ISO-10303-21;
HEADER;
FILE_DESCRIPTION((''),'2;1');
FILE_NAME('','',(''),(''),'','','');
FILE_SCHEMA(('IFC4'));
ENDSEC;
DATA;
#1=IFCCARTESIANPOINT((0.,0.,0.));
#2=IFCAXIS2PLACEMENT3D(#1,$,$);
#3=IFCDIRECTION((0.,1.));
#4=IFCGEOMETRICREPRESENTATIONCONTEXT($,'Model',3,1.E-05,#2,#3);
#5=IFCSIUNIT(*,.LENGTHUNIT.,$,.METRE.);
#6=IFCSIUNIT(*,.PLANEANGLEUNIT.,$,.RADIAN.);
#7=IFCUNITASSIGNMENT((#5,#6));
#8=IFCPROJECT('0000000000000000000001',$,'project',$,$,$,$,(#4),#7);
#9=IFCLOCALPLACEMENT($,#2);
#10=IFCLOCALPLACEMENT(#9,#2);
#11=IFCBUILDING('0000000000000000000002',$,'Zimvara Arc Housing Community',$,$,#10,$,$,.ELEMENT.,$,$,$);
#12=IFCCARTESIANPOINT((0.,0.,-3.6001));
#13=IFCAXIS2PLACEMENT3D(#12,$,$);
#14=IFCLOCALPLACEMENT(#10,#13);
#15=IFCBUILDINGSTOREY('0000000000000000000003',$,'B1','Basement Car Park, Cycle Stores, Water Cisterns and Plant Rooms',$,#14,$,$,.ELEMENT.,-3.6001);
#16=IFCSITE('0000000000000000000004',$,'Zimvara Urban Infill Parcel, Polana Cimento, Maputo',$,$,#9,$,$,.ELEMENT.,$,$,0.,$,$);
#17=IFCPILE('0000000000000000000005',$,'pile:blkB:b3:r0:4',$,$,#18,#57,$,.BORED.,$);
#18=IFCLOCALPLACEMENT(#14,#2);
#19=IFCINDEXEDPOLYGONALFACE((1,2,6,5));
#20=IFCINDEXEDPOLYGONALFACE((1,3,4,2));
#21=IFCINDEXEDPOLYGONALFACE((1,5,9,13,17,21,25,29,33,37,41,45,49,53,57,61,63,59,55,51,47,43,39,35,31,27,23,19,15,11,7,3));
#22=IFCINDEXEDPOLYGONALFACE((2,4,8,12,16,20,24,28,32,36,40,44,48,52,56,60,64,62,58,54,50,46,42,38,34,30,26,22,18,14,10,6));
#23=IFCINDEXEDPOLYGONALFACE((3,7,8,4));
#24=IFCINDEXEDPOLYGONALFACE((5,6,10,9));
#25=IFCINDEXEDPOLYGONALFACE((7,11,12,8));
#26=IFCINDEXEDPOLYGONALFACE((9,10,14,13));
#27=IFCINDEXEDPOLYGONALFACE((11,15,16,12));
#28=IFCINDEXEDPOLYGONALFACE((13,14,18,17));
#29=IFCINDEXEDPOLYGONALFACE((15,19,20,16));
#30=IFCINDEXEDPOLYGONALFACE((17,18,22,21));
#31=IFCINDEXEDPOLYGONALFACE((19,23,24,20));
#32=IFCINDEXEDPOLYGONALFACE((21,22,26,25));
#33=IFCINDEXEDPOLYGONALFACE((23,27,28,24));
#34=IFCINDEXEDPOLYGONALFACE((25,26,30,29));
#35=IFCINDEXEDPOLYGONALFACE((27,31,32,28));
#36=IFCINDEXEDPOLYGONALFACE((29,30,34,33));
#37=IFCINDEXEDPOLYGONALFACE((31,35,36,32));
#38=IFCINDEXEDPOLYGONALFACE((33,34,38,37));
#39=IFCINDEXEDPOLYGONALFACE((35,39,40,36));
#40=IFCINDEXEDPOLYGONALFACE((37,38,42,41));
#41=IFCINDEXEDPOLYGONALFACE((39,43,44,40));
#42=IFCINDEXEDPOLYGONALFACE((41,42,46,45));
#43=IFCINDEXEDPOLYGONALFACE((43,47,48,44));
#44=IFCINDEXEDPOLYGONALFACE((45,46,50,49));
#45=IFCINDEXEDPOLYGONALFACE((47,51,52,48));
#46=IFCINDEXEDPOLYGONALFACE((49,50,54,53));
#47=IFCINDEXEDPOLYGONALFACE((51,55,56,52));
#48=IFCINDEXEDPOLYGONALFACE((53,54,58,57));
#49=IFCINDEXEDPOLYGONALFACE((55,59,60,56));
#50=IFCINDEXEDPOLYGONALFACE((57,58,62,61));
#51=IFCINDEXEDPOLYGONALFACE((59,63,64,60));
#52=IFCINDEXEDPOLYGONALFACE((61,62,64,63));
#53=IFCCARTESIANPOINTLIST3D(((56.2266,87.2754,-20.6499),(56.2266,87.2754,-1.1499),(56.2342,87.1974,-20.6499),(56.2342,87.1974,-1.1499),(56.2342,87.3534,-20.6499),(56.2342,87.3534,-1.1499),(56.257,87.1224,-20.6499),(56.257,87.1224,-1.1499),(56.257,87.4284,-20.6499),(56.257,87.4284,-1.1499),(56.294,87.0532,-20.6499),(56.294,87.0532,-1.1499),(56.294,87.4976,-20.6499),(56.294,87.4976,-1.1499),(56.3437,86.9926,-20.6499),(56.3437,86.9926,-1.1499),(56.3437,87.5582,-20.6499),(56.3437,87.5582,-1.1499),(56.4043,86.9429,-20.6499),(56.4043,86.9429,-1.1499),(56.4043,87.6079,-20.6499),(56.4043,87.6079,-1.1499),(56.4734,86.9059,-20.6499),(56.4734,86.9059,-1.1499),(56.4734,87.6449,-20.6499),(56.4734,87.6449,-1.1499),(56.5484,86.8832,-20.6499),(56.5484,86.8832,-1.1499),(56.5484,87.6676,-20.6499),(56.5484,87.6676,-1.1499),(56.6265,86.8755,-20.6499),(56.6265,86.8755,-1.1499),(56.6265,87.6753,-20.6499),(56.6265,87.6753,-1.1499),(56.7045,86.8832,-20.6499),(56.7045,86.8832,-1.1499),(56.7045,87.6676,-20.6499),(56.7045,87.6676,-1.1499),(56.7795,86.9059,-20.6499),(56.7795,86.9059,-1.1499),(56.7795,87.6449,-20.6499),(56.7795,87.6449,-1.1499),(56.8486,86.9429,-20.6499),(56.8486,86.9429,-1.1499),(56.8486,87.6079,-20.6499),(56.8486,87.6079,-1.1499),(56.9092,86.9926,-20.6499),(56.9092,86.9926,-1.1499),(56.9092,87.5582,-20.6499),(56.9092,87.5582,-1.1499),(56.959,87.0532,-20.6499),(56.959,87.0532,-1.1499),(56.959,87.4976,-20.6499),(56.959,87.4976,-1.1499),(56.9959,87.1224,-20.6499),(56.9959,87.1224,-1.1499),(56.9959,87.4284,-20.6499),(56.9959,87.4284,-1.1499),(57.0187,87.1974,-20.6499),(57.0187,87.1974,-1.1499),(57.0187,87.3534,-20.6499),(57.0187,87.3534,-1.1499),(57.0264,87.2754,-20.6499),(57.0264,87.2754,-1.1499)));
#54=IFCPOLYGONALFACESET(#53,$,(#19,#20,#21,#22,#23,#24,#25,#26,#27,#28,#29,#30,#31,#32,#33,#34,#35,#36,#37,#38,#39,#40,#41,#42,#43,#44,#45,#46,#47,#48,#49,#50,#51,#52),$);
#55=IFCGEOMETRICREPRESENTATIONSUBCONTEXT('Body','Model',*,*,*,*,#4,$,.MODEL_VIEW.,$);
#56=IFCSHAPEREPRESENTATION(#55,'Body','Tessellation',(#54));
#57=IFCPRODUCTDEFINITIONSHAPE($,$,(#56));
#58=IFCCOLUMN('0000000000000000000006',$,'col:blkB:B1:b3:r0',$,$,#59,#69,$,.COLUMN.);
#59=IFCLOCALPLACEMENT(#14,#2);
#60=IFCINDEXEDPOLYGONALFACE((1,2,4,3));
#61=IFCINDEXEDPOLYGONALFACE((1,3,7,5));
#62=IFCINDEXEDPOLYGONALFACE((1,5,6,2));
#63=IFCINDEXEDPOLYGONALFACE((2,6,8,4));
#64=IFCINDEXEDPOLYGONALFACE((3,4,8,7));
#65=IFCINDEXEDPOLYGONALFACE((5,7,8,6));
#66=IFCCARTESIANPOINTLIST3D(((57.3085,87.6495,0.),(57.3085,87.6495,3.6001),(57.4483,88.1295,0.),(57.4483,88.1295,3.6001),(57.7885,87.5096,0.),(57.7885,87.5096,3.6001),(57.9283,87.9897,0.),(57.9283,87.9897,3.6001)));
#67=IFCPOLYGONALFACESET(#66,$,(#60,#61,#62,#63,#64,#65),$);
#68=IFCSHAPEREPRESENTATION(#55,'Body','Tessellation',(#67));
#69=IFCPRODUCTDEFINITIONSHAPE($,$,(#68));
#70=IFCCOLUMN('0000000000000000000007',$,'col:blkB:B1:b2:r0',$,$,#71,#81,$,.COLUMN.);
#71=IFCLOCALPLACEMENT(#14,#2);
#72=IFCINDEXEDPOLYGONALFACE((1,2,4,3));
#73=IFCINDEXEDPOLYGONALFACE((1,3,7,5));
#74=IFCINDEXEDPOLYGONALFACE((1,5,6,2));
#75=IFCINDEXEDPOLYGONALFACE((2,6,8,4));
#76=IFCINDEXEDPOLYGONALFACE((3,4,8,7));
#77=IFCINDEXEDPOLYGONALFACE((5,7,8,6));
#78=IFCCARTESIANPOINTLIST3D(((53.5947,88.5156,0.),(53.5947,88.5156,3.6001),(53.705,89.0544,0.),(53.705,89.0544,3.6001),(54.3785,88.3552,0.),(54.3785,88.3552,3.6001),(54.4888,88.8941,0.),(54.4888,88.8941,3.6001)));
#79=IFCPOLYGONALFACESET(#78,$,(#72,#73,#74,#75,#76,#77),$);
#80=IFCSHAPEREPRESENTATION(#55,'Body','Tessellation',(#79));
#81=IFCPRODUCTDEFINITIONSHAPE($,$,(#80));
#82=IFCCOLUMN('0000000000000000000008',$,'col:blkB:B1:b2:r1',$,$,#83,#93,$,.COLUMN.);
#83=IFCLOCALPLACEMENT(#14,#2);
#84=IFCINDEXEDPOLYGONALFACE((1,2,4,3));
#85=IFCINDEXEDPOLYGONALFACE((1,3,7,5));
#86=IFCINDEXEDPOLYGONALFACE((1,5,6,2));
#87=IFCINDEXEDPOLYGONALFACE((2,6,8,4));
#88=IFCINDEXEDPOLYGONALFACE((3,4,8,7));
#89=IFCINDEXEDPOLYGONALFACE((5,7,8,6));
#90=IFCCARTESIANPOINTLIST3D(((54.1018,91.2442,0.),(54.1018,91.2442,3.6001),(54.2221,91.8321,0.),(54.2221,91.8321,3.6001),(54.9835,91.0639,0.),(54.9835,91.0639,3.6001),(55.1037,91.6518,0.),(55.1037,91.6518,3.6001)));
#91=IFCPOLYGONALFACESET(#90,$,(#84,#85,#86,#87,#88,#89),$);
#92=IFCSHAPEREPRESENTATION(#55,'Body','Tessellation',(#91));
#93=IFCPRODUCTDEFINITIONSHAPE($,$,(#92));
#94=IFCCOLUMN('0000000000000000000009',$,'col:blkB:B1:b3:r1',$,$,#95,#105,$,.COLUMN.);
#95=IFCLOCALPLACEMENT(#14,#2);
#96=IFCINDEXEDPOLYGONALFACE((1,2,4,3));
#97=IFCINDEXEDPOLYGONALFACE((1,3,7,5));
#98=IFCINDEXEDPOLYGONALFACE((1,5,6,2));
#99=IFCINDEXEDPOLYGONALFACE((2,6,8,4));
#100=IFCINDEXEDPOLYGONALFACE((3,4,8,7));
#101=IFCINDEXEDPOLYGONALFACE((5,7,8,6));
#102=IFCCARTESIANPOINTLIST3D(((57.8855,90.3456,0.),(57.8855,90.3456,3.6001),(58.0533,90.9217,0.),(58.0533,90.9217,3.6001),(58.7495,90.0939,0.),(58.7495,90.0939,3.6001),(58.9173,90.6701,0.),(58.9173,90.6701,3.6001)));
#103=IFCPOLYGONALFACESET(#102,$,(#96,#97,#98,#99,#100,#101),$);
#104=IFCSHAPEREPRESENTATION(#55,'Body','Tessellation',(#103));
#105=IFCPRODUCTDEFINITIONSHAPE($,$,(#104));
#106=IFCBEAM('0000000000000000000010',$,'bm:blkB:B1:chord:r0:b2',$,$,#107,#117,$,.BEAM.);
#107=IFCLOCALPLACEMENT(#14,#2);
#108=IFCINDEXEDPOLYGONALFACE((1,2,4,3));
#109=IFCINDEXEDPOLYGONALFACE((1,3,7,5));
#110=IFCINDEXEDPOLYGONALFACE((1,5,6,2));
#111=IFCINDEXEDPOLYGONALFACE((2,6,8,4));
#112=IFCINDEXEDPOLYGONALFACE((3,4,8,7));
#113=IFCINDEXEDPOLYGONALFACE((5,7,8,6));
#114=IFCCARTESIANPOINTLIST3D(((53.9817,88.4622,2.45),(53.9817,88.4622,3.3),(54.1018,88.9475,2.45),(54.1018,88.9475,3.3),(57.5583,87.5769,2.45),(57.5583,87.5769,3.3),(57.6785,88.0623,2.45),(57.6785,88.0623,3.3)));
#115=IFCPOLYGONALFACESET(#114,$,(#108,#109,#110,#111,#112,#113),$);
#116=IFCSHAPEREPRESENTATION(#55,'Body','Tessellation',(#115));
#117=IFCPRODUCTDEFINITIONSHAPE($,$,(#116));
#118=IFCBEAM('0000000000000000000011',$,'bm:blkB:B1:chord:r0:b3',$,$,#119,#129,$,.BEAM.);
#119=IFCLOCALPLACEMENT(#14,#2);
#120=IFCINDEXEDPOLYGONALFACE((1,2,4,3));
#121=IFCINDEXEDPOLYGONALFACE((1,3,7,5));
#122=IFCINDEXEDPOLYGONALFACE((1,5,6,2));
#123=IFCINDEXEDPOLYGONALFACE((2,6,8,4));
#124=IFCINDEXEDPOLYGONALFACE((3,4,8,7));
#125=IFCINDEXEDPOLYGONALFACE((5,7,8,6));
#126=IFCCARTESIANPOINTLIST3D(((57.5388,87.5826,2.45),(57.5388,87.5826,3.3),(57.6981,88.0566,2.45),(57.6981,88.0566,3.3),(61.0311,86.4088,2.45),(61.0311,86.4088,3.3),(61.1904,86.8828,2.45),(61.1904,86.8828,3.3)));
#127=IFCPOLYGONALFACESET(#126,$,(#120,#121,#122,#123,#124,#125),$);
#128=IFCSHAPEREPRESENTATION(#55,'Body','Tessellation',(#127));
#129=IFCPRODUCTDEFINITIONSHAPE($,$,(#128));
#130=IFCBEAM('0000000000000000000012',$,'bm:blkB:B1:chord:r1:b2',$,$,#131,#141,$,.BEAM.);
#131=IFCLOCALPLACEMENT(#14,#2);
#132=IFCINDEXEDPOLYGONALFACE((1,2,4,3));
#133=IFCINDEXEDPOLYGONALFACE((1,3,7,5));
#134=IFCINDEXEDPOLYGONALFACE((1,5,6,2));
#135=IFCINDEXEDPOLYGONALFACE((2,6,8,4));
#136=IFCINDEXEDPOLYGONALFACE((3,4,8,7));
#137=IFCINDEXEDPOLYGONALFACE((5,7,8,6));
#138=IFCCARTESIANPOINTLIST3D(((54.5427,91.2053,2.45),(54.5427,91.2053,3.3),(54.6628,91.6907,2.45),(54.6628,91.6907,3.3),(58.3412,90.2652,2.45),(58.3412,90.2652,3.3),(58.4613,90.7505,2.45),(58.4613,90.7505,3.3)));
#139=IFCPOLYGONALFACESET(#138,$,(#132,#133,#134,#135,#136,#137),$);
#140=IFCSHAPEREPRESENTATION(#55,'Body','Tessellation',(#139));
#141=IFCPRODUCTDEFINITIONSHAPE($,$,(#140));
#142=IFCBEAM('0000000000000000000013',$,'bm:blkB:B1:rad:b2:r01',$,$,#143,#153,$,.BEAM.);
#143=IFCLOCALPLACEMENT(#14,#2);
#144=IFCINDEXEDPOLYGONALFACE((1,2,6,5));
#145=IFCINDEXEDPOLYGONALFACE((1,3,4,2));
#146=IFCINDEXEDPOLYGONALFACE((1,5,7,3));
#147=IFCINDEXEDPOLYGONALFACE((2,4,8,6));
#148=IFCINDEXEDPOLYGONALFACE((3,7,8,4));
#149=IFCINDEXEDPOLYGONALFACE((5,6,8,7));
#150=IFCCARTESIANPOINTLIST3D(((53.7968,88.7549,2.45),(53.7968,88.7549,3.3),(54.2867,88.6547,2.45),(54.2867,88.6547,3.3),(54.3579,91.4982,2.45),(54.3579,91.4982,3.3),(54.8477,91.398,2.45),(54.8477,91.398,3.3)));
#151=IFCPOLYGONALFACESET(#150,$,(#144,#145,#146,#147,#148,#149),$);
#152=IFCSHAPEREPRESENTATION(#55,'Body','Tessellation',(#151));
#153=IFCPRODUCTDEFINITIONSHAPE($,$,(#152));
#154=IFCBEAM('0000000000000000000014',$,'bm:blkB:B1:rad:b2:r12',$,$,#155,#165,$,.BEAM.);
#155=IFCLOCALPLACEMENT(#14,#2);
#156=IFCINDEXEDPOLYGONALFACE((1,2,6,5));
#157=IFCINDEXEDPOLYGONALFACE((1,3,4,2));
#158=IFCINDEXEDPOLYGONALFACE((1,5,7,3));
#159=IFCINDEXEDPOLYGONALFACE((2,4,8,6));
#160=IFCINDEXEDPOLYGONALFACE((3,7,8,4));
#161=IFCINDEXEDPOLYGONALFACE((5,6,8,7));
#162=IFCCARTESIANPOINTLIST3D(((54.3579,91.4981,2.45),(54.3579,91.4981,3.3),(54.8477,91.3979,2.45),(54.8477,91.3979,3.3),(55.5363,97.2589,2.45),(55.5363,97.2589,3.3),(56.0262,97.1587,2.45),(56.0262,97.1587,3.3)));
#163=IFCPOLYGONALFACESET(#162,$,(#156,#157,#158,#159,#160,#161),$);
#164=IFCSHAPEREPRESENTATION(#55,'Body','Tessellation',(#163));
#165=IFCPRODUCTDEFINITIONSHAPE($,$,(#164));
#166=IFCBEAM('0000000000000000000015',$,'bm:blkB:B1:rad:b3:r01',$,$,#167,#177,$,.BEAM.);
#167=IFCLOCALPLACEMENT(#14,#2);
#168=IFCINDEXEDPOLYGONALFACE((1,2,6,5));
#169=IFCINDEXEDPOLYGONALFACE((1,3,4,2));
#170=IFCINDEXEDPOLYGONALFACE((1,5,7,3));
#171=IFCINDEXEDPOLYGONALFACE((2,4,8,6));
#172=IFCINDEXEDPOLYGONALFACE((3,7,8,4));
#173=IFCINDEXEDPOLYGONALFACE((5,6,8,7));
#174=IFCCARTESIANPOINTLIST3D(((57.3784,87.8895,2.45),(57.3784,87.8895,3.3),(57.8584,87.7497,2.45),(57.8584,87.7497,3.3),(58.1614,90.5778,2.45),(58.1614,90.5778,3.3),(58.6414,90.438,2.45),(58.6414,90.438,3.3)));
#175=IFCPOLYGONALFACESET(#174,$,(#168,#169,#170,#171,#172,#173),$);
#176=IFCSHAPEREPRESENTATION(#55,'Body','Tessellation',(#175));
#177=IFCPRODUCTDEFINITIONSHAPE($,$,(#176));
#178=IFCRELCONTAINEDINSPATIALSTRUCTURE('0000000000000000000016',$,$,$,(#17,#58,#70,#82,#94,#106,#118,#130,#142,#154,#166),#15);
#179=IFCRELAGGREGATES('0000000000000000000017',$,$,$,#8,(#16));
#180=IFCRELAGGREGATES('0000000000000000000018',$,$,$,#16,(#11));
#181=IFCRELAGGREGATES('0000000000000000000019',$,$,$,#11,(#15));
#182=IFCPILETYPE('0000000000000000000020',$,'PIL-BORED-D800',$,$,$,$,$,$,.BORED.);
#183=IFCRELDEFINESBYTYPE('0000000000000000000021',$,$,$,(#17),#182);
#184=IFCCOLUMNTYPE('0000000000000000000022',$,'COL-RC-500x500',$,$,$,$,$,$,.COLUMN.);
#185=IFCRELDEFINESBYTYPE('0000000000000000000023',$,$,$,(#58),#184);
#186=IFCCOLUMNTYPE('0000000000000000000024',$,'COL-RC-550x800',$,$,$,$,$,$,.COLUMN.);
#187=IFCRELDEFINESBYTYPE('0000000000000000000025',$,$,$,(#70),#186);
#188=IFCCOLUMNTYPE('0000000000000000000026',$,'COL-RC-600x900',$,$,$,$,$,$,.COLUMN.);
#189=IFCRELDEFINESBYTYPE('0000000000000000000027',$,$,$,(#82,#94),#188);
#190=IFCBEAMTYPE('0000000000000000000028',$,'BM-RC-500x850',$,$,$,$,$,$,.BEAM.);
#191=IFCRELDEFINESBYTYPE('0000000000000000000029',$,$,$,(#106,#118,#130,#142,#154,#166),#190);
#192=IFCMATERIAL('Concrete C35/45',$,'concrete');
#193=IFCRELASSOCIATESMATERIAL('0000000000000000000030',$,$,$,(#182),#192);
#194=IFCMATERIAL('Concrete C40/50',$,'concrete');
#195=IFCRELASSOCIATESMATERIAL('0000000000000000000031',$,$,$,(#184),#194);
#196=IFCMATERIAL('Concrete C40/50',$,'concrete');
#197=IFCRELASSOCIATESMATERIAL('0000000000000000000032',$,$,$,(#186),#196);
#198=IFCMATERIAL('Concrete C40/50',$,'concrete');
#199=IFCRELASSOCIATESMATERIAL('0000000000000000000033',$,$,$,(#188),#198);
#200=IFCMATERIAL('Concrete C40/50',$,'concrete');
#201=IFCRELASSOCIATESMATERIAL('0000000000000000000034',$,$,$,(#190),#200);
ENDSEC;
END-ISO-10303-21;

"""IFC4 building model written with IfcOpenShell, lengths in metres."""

from ifc_helpers import new_model, si_unit, direction, frame, origin, origin_2d, place, context, subcontext, project, spatial, rectangle, circle, extrude, material, material_profile, profile_set, type_object, element, save


model = new_model("IFC4")

# Units and contexts
model_context = context("Model", 3, precision=1e-05, world=origin(), true_north=direction((0.0, 1.0)))
body_context = subcontext(model_context, "Body", "Model", "MODEL_VIEW")
ifc_project = project(units=[si_unit("LENGTHUNIT", "METRE"), si_unit("PLANEANGLEUNIT", "RADIAN")], contexts=[model_context])

# Site, building, storey
site_placement = place(None, origin())
site = spatial("IfcSite", under=ifc_project, at=site_placement, Name="Zimvara Urban Infill Parcel, Polana Cimento, Maputo", CompositionType="ELEMENT", RefElevation=0.0)
building_placement = place(site_placement, origin())
building = spatial("IfcBuilding", under=site, at=building_placement, Name="Zimvara Arc Housing Community", CompositionType="ELEMENT")
storey_placement = place(building_placement, frame((0.0, 0.0, -3.6001)))
storey = spatial("IfcBuildingStorey", under=building, at=storey_placement, Name="B1", Description="Basement Car Park, Cycle Stores, Water Cisterns and Plant Rooms", CompositionType="ELEMENT", Elevation=-3.6001)

# Pile
ifc_material_1 = material(Name="Concrete C35/45", Category="concrete")
ifc_material_profile_1 = material_profile(ifc_material_1, circle(Radius=0.3999, at=origin_2d()), Name="PILE D800")
ifc_profile_set_1 = profile_set([ifc_material_profile_1], Name="Concrete C35/45")
pile_type = type_object("IfcPileType", Name="PIL-BORED-D800", PredefinedType="BORED", material=ifc_profile_set_1)
for number, where, z_axis, x_axis, name in (
    (1, (56.6265, 87.2754, -1.1499), (0.0, 0.0, -1.0), (1.0, 0.0, 0.0), "pile:blkB:b3:r0:4"),
):
    element("IfcPile", number, at=place(storey_placement, frame(where, z_axis=z_axis, x_axis=x_axis)), inside=storey, type_object=pile_type, Name=name, PredefinedType="BORED", context=body_context, shape_type="SweptSolid", body=[
        extrude(circle(Radius=0.3999, at=origin_2d()), origin(), (0.0, 0.0, 1.0), 19.5),
    ])

# Columns
ifc_material_2 = material(Name="Concrete C40/50", Category="concrete")
ifc_material_profile_2 = material_profile(ifc_material_2, rectangle(XDim=0.5, YDim=0.5, at=origin_2d()), Name="RC 500x500")
ifc_profile_set_2 = profile_set([ifc_material_profile_2], Name="Concrete C40/50")
column_type_1 = type_object("IfcColumnType", Name="COL-RC-500x500", PredefinedType="COLUMN", material=ifc_profile_set_2)
column_1_placement = place(storey_placement, frame((57.6184, 87.8196, 0.0), z_axis=(0.0, 0.0, 1.0), x_axis=(0.279661, 0.960099, 0.0)))
element("IfcColumn", 2, at=column_1_placement, inside=storey, type_object=column_type_1, Name="col:blkB:B1:b3:r0", PredefinedType="COLUMN", context=body_context, shape_type="SweptSolid", body=[
    extrude(rectangle(XDim=0.5, YDim=0.5, at=origin_2d()), origin(), (0.0, 0.0, 1.0), 3.6001),
])
ifc_material_3 = material(Name="Concrete C40/50", Category="concrete")
ifc_material_profile_3 = material_profile(ifc_material_3, rectangle(XDim=0.55, YDim=0.8, at=origin_2d()), Name="RC 550x800")
ifc_profile_set_3 = profile_set([ifc_material_profile_3], Name="Concrete C40/50")
column_type_2 = type_object("IfcColumnType", Name="COL-RC-550x800", PredefinedType="COLUMN", material=ifc_profile_set_3)
column_2_placement = place(storey_placement, frame((54.0417, 88.7048, 0.0), z_axis=(0.0, 0.0, 1.0), x_axis=(0.200394, 0.979715, 0.0)))
element("IfcColumn", 3, at=column_2_placement, inside=storey, type_object=column_type_2, Name="col:blkB:B1:b2:r0", PredefinedType="COLUMN", context=body_context, shape_type="SweptSolid", body=[
    extrude(rectangle(XDim=0.55, YDim=0.8, at=origin_2d()), origin(), (0.0, 0.0, 1.0), 3.6001),
])
ifc_material_4 = material(Name="Concrete C40/50", Category="concrete")
ifc_material_profile_4 = material_profile(ifc_material_4, rectangle(XDim=0.6001, YDim=0.8999, at=origin_2d()), Name="RC 600x900")
ifc_profile_set_4 = profile_set([ifc_material_profile_4], Name="Concrete C40/50")
column_type_3 = type_object("IfcColumnType", Name="COL-RC-600x900", PredefinedType="COLUMN", material=ifc_profile_set_4)
for number, where, z_axis, x_axis, name in (
    (4, (54.6028, 91.448, 0.0), (0.0, 0.0, 1.0), (0.200394, 0.979715, 0.0), "col:blkB:B1:b2:r1"),
    (5, (58.4014, 90.5078, 0.0), (0.0, 0.0, 1.0), (0.279661, 0.960099, 0.0), "col:blkB:B1:b3:r1"),
):
    element("IfcColumn", number, at=place(storey_placement, frame(where, z_axis=z_axis, x_axis=x_axis)), inside=storey, type_object=column_type_3, Name=name, PredefinedType="COLUMN", context=body_context, shape_type="SweptSolid", body=[
        extrude(rectangle(XDim=0.6001, YDim=0.8999, at=origin_2d()), origin(), (0.0, 0.0, 1.0), 3.6001),
    ])

# Beams
ifc_material_5 = material(Name="Concrete C40/50", Category="concrete")
ifc_material_profile_5 = material_profile(ifc_material_5, rectangle(XDim=0.5, YDim=0.8501, at=origin_2d()), Name="RC 500x850")
ifc_profile_set_5 = profile_set([ifc_material_profile_5], Name="Concrete C40/50")
beam_type = type_object("IfcBeamType", Name="BM-RC-500x850", PredefinedType="BEAM", material=ifc_profile_set_5)
beam_1_placement = place(storey_placement, frame((54.0417, 88.7048, 2.875), z_axis=(0.970709, -0.240259, 0.0), x_axis=(0.240259, 0.970709, 0.0)))
element("IfcBeam", 6, at=beam_1_placement, inside=storey, type_object=beam_type, Name="bm:blkB:B1:chord:r0:b2", PredefinedType="BEAM", context=body_context, shape_type="SweptSolid", body=[
    extrude(rectangle(XDim=0.5, YDim=0.8501, at=origin_2d()), origin(), (0.0, 0.0, 1.0), 3.6846),
])
beam_2_placement = place(storey_placement, frame((57.6184, 87.8196, 2.875), z_axis=(0.947892, -0.318592, 0.0), x_axis=(0.318592, 0.947892, 0.0)))
element("IfcBeam", 7, at=beam_2_placement, inside=storey, type_object=beam_type, Name="bm:blkB:B1:chord:r0:b3", PredefinedType="BEAM", context=body_context, shape_type="SweptSolid", body=[
    extrude(rectangle(XDim=0.5, YDim=0.8501, at=origin_2d()), origin(), (0.0, 0.0, 1.0), 3.6843),
])
beam_3_placement = place(storey_placement, frame((54.6028, 91.448, 2.875), z_axis=(0.970709, -0.24026, 0.0), x_axis=(0.24026, 0.970709, 0.0)))
element("IfcBeam", 8, at=beam_3_placement, inside=storey, type_object=beam_type, Name="bm:blkB:B1:chord:r1:b2", PredefinedType="BEAM", context=body_context, shape_type="SweptSolid", body=[
    extrude(rectangle(XDim=0.5, YDim=0.8501, at=origin_2d()), origin(), (0.0, 0.0, 1.0), 3.9131),
])
beam_4_placement = place(storey_placement, frame((54.0417, 88.7048, 2.875), z_axis=(0.200373, 0.97972, 0.0), x_axis=(-0.97972, 0.200373, 0.0)))
element("IfcBeam", 9, at=beam_4_placement, inside=storey, type_object=beam_type, Name="bm:blkB:B1:rad:b2:r01", PredefinedType="BEAM", context=body_context, shape_type="SweptSolid", body=[
    extrude(rectangle(XDim=0.5, YDim=0.8501, at=origin_2d()), origin(), (0.0, 0.0, 1.0), 2.8),
])
beam_5_placement = place(storey_placement, frame((54.6028, 91.448, 2.875), z_axis=(0.200418, 0.97971, 0.0), x_axis=(-0.97971, 0.200418, 0.0)))
element("IfcBeam", 10, at=beam_5_placement, inside=storey, type_object=beam_type, Name="bm:blkB:B1:rad:b2:r12", PredefinedType="BEAM", context=body_context, shape_type="SweptSolid", body=[
    extrude(rectangle(XDim=0.5, YDim=0.8501, at=origin_2d()), origin(), (0.0, 0.0, 1.0), 5.8801),
])
beam_6_placement = place(storey_placement, frame((57.6184, 87.8196, 2.875), z_axis=(0.279635, 0.960106, 0.0), x_axis=(-0.960106, 0.279635, 0.0)))
element("IfcBeam", 11, at=beam_6_placement, inside=storey, type_object=beam_type, Name="bm:blkB:B1:rad:b3:r01", PredefinedType="BEAM", context=body_context, shape_type="SweptSolid", body=[
    extrude(rectangle(XDim=0.5, YDim=0.8501, at=origin_2d()), origin(), (0.0, 0.0, 1.0), 2.8),
])

save(model, "model.ifc")
